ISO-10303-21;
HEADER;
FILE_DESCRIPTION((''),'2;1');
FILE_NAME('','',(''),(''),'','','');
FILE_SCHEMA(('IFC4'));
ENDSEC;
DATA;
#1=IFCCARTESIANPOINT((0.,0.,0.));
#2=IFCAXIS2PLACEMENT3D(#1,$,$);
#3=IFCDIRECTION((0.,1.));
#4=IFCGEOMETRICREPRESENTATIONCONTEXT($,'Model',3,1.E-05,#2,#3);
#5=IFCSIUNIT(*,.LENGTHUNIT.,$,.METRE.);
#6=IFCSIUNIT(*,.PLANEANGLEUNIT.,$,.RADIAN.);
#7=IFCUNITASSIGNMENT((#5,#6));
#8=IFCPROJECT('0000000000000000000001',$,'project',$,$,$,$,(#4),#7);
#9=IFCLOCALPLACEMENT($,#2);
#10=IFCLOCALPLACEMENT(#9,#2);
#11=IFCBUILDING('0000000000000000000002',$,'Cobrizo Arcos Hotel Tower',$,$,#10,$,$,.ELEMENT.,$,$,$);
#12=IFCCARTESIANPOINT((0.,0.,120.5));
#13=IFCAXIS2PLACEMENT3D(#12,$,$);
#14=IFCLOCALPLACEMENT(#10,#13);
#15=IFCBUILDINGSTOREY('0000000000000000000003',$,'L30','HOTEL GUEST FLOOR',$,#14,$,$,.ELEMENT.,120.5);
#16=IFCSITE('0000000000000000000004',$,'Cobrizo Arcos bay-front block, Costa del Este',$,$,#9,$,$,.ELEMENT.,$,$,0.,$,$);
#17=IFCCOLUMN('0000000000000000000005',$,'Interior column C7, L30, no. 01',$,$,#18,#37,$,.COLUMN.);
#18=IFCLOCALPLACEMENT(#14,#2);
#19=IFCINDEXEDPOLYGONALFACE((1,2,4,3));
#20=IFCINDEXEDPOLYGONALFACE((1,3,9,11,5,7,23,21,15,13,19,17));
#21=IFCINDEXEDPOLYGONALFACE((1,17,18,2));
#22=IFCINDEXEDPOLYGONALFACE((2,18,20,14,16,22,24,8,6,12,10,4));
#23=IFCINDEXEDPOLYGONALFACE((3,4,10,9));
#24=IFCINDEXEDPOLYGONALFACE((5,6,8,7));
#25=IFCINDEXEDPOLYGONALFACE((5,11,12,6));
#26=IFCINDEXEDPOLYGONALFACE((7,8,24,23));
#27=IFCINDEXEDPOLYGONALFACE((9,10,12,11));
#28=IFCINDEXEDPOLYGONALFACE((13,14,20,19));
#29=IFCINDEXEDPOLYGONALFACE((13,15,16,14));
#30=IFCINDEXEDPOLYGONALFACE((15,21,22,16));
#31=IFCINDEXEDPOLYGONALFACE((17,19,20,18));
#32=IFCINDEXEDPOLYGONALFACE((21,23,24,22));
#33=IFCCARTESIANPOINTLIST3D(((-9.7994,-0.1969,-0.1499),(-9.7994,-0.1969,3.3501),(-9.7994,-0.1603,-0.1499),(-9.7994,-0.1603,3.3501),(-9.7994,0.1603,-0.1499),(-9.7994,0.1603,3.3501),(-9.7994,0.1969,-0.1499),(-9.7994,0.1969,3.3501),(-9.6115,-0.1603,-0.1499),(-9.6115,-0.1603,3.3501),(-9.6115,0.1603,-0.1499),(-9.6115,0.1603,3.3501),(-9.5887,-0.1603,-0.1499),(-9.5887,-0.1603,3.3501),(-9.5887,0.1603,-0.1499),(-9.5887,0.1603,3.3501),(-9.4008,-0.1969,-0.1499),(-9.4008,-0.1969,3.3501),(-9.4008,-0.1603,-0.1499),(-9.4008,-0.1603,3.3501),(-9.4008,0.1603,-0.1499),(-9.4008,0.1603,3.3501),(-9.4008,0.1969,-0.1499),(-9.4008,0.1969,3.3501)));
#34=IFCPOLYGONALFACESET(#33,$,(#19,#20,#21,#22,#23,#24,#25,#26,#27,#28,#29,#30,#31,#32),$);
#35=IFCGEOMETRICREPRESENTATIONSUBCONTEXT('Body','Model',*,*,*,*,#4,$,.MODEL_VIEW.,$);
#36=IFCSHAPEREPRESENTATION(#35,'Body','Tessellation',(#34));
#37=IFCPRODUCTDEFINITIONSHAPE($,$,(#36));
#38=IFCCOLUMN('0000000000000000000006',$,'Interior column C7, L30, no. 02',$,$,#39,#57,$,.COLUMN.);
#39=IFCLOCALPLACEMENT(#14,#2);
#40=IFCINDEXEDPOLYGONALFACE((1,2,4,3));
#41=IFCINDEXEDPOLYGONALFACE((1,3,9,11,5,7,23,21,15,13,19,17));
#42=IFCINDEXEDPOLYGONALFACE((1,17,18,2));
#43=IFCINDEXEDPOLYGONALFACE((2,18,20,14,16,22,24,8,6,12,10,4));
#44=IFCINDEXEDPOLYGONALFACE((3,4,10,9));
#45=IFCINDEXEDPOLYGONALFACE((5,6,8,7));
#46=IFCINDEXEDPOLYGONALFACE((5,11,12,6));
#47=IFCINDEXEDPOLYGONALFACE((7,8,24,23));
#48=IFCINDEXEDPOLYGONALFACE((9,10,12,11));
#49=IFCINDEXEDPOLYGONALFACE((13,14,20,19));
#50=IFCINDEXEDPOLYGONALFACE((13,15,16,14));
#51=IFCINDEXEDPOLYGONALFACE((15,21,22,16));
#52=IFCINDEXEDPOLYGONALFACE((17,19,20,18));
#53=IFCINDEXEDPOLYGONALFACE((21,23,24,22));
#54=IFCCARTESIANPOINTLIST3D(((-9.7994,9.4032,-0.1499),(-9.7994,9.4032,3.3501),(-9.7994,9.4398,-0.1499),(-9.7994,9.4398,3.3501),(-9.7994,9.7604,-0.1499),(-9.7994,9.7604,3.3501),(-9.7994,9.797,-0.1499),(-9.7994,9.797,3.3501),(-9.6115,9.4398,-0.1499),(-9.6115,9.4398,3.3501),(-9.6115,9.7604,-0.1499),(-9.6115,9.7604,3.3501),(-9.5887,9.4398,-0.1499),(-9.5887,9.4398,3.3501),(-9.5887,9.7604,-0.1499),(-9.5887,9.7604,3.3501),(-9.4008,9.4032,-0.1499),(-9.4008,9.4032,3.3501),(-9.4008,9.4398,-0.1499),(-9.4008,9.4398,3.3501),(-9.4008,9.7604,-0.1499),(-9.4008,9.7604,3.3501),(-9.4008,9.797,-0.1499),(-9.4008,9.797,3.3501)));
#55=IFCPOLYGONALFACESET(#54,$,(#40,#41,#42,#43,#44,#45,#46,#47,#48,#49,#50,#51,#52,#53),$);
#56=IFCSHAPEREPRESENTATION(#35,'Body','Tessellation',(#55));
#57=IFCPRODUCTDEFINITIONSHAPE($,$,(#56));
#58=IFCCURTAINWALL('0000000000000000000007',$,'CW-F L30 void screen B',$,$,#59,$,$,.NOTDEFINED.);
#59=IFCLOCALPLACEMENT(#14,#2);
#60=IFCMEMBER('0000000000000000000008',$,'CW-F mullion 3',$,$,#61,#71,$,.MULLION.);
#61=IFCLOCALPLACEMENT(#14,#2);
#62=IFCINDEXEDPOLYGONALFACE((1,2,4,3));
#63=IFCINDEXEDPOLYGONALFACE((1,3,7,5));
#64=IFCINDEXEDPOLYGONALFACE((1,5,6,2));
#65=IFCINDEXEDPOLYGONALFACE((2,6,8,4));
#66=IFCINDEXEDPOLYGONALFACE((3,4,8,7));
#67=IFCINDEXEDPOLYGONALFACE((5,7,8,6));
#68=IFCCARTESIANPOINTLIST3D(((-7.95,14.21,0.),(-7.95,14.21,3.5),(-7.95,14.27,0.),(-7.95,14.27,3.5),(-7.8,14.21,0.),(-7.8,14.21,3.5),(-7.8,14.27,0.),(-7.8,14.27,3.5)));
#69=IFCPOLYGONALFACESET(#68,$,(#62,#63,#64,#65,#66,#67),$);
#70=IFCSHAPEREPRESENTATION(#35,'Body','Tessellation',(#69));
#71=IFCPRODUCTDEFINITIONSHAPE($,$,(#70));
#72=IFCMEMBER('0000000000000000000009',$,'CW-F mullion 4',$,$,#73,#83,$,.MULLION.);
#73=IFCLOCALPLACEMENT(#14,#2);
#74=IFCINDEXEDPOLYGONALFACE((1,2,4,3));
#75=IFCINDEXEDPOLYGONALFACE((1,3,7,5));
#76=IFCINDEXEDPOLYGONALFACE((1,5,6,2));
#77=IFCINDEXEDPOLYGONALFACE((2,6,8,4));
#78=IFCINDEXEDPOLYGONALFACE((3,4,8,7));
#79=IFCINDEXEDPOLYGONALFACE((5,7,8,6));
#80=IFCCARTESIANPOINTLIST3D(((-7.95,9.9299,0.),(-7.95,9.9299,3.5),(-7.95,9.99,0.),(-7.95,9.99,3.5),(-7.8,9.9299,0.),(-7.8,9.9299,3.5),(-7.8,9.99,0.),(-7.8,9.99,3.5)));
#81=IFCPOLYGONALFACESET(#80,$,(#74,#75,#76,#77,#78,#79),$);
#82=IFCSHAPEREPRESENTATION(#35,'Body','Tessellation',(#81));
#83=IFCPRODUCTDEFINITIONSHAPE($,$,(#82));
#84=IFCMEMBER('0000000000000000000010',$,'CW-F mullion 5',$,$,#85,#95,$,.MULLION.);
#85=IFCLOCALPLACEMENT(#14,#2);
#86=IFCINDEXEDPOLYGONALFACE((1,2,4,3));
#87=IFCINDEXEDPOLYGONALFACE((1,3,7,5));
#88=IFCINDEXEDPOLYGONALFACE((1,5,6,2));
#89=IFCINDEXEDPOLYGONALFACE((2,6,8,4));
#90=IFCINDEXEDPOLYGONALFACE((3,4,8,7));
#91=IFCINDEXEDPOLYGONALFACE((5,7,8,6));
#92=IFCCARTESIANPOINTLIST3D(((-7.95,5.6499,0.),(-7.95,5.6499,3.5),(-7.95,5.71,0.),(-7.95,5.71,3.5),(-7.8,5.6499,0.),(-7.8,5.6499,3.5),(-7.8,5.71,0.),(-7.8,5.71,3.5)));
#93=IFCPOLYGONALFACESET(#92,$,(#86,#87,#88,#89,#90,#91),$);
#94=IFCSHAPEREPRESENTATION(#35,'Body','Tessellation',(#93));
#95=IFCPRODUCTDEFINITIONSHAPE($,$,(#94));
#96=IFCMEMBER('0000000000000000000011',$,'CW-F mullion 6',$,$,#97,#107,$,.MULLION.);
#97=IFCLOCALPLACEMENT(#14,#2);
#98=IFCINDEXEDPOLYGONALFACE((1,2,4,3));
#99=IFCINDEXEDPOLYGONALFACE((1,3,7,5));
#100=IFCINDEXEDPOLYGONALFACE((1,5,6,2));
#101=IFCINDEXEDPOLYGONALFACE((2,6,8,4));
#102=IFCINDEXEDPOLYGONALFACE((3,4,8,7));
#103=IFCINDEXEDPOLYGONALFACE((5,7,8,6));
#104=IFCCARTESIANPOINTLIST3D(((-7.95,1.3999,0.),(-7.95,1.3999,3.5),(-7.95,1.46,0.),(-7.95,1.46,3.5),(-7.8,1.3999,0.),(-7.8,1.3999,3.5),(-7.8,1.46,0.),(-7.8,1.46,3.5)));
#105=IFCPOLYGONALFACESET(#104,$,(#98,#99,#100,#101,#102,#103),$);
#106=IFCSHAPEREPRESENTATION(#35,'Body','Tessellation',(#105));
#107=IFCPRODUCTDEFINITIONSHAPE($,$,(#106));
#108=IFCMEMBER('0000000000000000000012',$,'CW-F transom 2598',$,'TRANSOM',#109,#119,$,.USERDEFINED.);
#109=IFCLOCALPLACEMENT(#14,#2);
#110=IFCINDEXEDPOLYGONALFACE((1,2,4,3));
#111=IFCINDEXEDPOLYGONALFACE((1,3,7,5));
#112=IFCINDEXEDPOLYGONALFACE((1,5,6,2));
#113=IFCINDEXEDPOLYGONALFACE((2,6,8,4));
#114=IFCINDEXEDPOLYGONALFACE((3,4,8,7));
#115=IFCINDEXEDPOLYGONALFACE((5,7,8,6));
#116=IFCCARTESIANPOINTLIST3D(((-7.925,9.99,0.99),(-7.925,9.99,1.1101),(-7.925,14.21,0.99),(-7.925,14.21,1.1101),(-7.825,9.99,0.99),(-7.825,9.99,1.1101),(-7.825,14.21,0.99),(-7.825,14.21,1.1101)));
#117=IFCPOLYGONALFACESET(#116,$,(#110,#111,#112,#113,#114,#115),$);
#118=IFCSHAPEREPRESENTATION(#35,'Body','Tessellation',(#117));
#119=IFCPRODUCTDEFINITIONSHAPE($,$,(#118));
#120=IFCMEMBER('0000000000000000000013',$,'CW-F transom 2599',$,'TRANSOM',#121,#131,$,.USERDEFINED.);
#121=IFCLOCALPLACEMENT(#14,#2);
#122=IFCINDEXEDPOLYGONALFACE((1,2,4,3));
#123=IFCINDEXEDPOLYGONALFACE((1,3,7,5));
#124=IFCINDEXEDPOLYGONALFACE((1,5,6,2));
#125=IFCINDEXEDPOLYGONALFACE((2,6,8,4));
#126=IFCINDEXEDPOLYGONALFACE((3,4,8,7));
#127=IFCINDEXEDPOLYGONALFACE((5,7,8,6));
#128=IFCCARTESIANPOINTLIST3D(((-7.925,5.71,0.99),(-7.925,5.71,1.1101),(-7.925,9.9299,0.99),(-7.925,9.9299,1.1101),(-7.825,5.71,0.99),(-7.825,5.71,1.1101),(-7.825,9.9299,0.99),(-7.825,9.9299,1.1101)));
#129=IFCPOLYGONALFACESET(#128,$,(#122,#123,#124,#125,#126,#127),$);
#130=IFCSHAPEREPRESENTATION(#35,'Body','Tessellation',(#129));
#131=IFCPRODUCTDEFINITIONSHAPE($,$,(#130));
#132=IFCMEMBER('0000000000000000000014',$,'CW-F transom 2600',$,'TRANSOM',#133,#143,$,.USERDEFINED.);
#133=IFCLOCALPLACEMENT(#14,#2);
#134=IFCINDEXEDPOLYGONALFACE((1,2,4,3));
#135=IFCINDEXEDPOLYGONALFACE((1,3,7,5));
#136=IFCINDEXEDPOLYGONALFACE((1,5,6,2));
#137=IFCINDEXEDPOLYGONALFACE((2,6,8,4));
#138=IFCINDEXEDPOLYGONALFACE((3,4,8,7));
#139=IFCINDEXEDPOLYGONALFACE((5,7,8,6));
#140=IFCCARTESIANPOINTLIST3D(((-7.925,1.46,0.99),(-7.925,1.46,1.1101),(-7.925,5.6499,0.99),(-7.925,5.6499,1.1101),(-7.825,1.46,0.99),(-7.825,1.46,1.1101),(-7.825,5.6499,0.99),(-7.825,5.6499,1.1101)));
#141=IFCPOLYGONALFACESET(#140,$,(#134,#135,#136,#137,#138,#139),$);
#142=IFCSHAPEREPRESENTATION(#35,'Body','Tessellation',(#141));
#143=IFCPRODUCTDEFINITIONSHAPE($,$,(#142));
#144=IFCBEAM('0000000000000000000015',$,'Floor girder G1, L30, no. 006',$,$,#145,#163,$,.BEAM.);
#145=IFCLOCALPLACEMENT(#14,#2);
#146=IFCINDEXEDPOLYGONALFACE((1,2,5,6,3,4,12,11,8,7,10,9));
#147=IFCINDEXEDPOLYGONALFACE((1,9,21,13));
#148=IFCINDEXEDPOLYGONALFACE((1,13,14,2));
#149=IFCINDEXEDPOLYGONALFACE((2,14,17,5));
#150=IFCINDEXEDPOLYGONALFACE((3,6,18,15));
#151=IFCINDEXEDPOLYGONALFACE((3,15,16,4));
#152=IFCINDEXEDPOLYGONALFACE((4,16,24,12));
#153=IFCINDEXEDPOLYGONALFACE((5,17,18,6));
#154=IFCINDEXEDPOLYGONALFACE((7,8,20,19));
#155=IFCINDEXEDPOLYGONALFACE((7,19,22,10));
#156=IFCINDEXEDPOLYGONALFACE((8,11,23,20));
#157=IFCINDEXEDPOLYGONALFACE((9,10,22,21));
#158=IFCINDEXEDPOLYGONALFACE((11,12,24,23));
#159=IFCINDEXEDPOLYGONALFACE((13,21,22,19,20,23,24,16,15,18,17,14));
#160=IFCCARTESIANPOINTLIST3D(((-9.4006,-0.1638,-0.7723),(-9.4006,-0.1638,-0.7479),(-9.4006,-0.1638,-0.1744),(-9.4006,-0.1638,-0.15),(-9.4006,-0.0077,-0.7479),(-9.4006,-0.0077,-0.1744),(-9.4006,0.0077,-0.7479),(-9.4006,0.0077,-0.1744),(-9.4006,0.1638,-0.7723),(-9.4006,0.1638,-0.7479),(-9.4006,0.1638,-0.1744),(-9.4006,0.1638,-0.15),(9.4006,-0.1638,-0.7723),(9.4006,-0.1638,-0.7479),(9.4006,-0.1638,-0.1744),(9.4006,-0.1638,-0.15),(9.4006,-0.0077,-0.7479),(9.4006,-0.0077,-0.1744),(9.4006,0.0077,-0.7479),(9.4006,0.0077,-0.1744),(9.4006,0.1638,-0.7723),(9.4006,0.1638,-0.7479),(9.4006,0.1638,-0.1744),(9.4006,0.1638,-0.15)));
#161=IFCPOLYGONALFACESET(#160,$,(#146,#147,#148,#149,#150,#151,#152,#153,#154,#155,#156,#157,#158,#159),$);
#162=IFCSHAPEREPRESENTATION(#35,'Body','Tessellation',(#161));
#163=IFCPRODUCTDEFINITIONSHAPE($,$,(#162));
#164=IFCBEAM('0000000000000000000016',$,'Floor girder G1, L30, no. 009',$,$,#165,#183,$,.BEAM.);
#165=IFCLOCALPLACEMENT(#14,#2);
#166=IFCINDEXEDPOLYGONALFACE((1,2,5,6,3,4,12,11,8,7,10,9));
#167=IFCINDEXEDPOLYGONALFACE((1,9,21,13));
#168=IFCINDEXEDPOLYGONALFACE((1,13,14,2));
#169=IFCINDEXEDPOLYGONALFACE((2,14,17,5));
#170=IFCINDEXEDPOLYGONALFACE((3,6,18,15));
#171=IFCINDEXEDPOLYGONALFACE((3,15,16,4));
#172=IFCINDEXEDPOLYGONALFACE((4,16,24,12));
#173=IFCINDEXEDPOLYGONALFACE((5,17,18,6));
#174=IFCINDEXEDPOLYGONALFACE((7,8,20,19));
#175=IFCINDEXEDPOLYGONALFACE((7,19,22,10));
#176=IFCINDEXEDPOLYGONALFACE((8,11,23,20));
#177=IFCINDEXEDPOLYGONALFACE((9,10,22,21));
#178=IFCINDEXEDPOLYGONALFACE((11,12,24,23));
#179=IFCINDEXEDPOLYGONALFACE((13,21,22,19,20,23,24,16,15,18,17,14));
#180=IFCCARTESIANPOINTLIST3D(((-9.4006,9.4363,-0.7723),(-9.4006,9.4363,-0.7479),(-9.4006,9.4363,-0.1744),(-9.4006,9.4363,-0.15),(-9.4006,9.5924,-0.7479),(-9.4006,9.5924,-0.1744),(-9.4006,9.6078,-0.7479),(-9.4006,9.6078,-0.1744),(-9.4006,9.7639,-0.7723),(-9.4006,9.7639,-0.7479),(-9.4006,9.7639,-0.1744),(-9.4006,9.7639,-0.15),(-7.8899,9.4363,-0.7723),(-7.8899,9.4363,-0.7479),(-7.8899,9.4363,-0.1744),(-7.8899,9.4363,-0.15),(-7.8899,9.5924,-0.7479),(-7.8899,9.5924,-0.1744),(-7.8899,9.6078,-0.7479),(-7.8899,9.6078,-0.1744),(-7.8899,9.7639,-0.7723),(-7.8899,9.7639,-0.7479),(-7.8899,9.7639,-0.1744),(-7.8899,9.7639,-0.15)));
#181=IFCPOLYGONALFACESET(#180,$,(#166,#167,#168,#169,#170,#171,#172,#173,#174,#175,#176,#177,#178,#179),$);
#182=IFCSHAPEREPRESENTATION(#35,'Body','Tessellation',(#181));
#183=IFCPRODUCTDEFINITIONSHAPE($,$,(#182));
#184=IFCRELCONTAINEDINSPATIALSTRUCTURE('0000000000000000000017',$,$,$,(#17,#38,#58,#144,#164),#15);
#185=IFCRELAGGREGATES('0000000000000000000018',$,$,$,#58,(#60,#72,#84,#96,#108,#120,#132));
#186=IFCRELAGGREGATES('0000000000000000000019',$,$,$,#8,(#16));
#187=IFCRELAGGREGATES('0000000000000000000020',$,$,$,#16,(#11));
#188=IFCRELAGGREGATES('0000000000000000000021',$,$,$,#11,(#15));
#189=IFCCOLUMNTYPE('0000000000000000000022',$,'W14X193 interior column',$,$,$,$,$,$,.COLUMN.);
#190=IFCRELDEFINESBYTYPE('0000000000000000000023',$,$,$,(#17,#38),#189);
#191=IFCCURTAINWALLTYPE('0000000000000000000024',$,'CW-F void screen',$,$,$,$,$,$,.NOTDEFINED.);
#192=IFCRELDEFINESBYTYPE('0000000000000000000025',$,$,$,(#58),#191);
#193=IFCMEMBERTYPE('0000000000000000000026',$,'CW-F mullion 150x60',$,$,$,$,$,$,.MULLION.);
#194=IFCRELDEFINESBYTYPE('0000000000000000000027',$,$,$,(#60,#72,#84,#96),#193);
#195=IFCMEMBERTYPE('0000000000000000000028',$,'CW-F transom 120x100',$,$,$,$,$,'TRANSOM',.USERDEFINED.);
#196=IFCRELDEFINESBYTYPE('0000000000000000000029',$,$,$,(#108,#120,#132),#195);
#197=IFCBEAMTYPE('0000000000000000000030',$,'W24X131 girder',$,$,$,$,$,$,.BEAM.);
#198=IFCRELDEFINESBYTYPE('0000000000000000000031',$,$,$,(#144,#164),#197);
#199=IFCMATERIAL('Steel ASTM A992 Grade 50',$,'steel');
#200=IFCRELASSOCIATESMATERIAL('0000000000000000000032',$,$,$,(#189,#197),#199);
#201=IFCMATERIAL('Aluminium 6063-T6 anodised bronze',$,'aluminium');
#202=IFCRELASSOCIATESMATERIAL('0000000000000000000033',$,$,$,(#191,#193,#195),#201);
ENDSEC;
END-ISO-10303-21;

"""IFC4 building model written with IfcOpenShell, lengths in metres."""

from ifc_helpers import new_model, si_unit, direction, frame, origin, origin_2d, place, context, subcontext, project, spatial, rectangle, i_section, extrude, material, material_profile, profile_set, type_object, element, aggregate, save


model = new_model("IFC4")

# Units and contexts
model_context = context("Model", 3, precision=1e-05, world=origin(), true_north=direction((0.0, 1.0)))
body_context = subcontext(model_context, "Body", "Model", "MODEL_VIEW")
ifc_project = project(units=[si_unit("LENGTHUNIT", "METRE"), si_unit("PLANEANGLEUNIT", "RADIAN")], contexts=[model_context])

# Site, building, storey
site_placement = place(None, origin())
site = spatial("IfcSite", under=ifc_project, at=site_placement, Name="Cobrizo Arcos bay-front block, Costa del Este", CompositionType="ELEMENT", RefElevation=0.0)
building_placement = place(site_placement, origin())
building = spatial("IfcBuilding", under=site, at=building_placement, Name="Cobrizo Arcos Hotel Tower", CompositionType="ELEMENT")
storey_placement = place(building_placement, frame((0.0, 0.0, 120.5)))
storey = spatial("IfcBuildingStorey", under=building, at=storey_placement, Name="L30", Description="HOTEL GUEST FLOOR", CompositionType="ELEMENT", Elevation=120.5)

# Columns
ifc_material_1 = material(Name="Steel ASTM A992 Grade 50", Category="steel")
ifc_material_profile_1 = material_profile(ifc_material_1, i_section(OverallWidth=0.3987, OverallDepth=0.3938, WebThickness=0.0227, FlangeThickness=0.0366, at=origin_2d()), Name="W14X193")
ifc_profile_set_1 = profile_set([ifc_material_profile_1], Name="Steel ASTM A992 Grade 50")
column_type = type_object("IfcColumnType", Name="W14X193 interior column", PredefinedType="COLUMN", material=ifc_profile_set_1)
for number, where, z_axis, x_axis, name in (
    (1, (-9.6001, 0.0, -0.1499), (0.0, 0.0, 1.0), (1.0, 0.0, 0.0), "Interior column C7, L30, no. 01"),
    (2, (-9.6001, 9.6001, -0.1499), (0.0, 0.0, 1.0), (1.0, 0.0, 0.0), "Interior column C7, L30, no. 02"),
):
    element("IfcColumn", number, at=place(storey_placement, frame(where, z_axis=z_axis, x_axis=x_axis)), inside=storey, type_object=column_type, Name=name, PredefinedType="COLUMN", context=body_context, shape_type="SweptSolid", body=[
        extrude(i_section(OverallWidth=0.3987, OverallDepth=0.3938, WebThickness=0.0227, FlangeThickness=0.0366, at=origin_2d()), origin(), (0.0, 0.0, 1.0), 3.5),
    ])

# Curtain wall, members
ifc_material_2 = material(Name="Aluminium 6063-T6 anodised bronze", Category="aluminium")
curtain_wall_type = type_object("IfcCurtainWallType", Name="CW-F void screen", PredefinedType="NOTDEFINED", material=ifc_material_2)
curtain_wall_placement = place(storey_placement, origin())
curtain_wall = element("IfcCurtainWall", 3, at=curtain_wall_placement, inside=storey, type_object=curtain_wall_type, Name="CW-F L30 void screen B", PredefinedType="NOTDEFINED")
ifc_material_profile_2 = material_profile(ifc_material_2, rectangle(XDim=0.1499, YDim=0.0601, at=origin_2d()), Name="CW-F mullion 150x60")
ifc_profile_set_2 = profile_set([ifc_material_profile_2], Name="Aluminium 6063-T6 anodised bronze")
member_type_1 = type_object("IfcMemberType", Name="CW-F mullion 150x60", PredefinedType="MULLION", material=ifc_profile_set_2)
member_1_placement = place(storey_placement, frame((-7.875, 14.24, 0.0), z_axis=(0.0, 0.0, 1.0), x_axis=(-1.0, 0.0, 0.0)))
member_1 = element("IfcMember", 4, at=member_1_placement, type_object=member_type_1, Name="CW-F mullion 3", PredefinedType="MULLION", context=body_context, shape_type="SweptSolid", body=[
    extrude(rectangle(XDim=0.1499, YDim=0.0601, at=origin_2d()), origin(), (0.0, 0.0, 1.0), 3.5),
])
member_2_placement = place(storey_placement, frame((-7.875, 9.96, 0.0), z_axis=(0.0, 0.0, 1.0), x_axis=(-1.0, 0.0, 0.0)))
member_2 = element("IfcMember", 5, at=member_2_placement, type_object=member_type_1, Name="CW-F mullion 4", PredefinedType="MULLION", context=body_context, shape_type="SweptSolid", body=[
    extrude(rectangle(XDim=0.1499, YDim=0.0601, at=origin_2d()), origin(), (0.0, 0.0, 1.0), 3.5),
])
member_3_placement = place(storey_placement, frame((-7.875, 5.6799, 0.0), z_axis=(0.0, 0.0, 1.0), x_axis=(-1.0, 0.0, 0.0)))
member_3 = element("IfcMember", 6, at=member_3_placement, type_object=member_type_1, Name="CW-F mullion 5", PredefinedType="MULLION", context=body_context, shape_type="SweptSolid", body=[
    extrude(rectangle(XDim=0.1499, YDim=0.0601, at=origin_2d()), origin(), (0.0, 0.0, 1.0), 3.5),
])
member_4_placement = place(storey_placement, frame((-7.875, 1.4299, 0.0), z_axis=(0.0, 0.0, 1.0), x_axis=(-1.0, 0.0, 0.0)))
member_4 = element("IfcMember", 7, at=member_4_placement, type_object=member_type_1, Name="CW-F mullion 6", PredefinedType="MULLION", context=body_context, shape_type="SweptSolid", body=[
    extrude(rectangle(XDim=0.1499, YDim=0.0601, at=origin_2d()), origin(), (0.0, 0.0, 1.0), 3.5),
])
ifc_material_profile_3 = material_profile(ifc_material_2, rectangle(XDim=0.1001, YDim=0.1201, at=origin_2d()), Name="CW-F transom 120x100")
ifc_profile_set_3 = profile_set([ifc_material_profile_3], Name="Aluminium 6063-T6 anodised bronze")
member_type_2 = type_object("IfcMemberType", Name="CW-F transom 120x100", ElementType="TRANSOM", PredefinedType="USERDEFINED", material=ifc_profile_set_3)
member_5_placement = place(storey_placement, frame((-7.875, 14.21, 1.05), z_axis=(0.0, -1.0, 0.0), x_axis=(1.0, 0.0, 0.0)))
member_5 = element("IfcMember", 8, at=member_5_placement, type_object=member_type_2, Name="CW-F transom 2598", ObjectType="TRANSOM", PredefinedType="USERDEFINED", context=body_context, shape_type="SweptSolid", body=[
    extrude(rectangle(XDim=0.1001, YDim=0.1201, at=origin_2d()), origin(), (0.0, 0.0, 1.0), 4.22),
])
member_6_placement = place(storey_placement, frame((-7.875, 9.9299, 1.05), z_axis=(0.0, -1.0, 0.0), x_axis=(1.0, 0.0, 0.0)))
member_6 = element("IfcMember", 9, at=member_6_placement, type_object=member_type_2, Name="CW-F transom 2599", ObjectType="TRANSOM", PredefinedType="USERDEFINED", context=body_context, shape_type="SweptSolid", body=[
    extrude(rectangle(XDim=0.1001, YDim=0.1201, at=origin_2d()), origin(), (0.0, 0.0, 1.0), 4.22),
])
member_7_placement = place(storey_placement, frame((-7.875, 5.6499, 1.05), z_axis=(0.0, -1.0, 0.0), x_axis=(1.0, 0.0, 0.0)))
member_7 = element("IfcMember", 10, at=member_7_placement, type_object=member_type_2, Name="CW-F transom 2600", ObjectType="TRANSOM", PredefinedType="USERDEFINED", context=body_context, shape_type="SweptSolid", body=[
    extrude(rectangle(XDim=0.1001, YDim=0.1201, at=origin_2d()), origin(), (0.0, 0.0, 1.0), 4.1899),
])

# Beams
ifc_material_profile_4 = material_profile(ifc_material_1, i_section(OverallWidth=0.3276, OverallDepth=0.6223, WebThickness=0.0154, FlangeThickness=0.0244, at=origin_2d()), Name="W24X131")
ifc_profile_set_4 = profile_set([ifc_material_profile_4], Name="Steel ASTM A992 Grade 50")
beam_type_1 = type_object("IfcBeamType", Name="W24X131 girder", PredefinedType="BEAM", material=ifc_profile_set_4)
beam_1_placement = place(storey_placement, frame((-9.4006, 0.0, -0.4612), z_axis=(1.0, 0.0, 0.0), x_axis=(0.0, 1.0, 0.0)))
element("IfcBeam", 11, at=beam_1_placement, inside=storey, type_object=beam_type_1, Name="Floor girder G1, L30, no. 006", PredefinedType="BEAM", context=body_context, shape_type="SweptSolid", body=[
    extrude(i_section(OverallWidth=0.3276, OverallDepth=0.6223, WebThickness=0.0154, FlangeThickness=0.0244, at=origin_2d()), origin(), (0.0, 0.0, 1.0), 18.8013),
])
beam_2_placement = place(storey_placement, frame((-9.4006, 9.6001, -0.4612), z_axis=(1.0, 0.0, 0.0), x_axis=(0.0, 1.0, 0.0)))
element("IfcBeam", 12, at=beam_2_placement, inside=storey, type_object=beam_type_1, Name="Floor girder G1, L30, no. 009", PredefinedType="BEAM", context=body_context, shape_type="SweptSolid", body=[
    extrude(i_section(OverallWidth=0.3276, OverallDepth=0.6223, WebThickness=0.0154, FlangeThickness=0.0244, at=origin_2d()), origin(), (0.0, 0.0, 1.0), 1.5107),
])

aggregate(curtain_wall, [member_1, member_2, member_3, member_4, member_5, member_6, member_7])

save(model, "model.ifc")
